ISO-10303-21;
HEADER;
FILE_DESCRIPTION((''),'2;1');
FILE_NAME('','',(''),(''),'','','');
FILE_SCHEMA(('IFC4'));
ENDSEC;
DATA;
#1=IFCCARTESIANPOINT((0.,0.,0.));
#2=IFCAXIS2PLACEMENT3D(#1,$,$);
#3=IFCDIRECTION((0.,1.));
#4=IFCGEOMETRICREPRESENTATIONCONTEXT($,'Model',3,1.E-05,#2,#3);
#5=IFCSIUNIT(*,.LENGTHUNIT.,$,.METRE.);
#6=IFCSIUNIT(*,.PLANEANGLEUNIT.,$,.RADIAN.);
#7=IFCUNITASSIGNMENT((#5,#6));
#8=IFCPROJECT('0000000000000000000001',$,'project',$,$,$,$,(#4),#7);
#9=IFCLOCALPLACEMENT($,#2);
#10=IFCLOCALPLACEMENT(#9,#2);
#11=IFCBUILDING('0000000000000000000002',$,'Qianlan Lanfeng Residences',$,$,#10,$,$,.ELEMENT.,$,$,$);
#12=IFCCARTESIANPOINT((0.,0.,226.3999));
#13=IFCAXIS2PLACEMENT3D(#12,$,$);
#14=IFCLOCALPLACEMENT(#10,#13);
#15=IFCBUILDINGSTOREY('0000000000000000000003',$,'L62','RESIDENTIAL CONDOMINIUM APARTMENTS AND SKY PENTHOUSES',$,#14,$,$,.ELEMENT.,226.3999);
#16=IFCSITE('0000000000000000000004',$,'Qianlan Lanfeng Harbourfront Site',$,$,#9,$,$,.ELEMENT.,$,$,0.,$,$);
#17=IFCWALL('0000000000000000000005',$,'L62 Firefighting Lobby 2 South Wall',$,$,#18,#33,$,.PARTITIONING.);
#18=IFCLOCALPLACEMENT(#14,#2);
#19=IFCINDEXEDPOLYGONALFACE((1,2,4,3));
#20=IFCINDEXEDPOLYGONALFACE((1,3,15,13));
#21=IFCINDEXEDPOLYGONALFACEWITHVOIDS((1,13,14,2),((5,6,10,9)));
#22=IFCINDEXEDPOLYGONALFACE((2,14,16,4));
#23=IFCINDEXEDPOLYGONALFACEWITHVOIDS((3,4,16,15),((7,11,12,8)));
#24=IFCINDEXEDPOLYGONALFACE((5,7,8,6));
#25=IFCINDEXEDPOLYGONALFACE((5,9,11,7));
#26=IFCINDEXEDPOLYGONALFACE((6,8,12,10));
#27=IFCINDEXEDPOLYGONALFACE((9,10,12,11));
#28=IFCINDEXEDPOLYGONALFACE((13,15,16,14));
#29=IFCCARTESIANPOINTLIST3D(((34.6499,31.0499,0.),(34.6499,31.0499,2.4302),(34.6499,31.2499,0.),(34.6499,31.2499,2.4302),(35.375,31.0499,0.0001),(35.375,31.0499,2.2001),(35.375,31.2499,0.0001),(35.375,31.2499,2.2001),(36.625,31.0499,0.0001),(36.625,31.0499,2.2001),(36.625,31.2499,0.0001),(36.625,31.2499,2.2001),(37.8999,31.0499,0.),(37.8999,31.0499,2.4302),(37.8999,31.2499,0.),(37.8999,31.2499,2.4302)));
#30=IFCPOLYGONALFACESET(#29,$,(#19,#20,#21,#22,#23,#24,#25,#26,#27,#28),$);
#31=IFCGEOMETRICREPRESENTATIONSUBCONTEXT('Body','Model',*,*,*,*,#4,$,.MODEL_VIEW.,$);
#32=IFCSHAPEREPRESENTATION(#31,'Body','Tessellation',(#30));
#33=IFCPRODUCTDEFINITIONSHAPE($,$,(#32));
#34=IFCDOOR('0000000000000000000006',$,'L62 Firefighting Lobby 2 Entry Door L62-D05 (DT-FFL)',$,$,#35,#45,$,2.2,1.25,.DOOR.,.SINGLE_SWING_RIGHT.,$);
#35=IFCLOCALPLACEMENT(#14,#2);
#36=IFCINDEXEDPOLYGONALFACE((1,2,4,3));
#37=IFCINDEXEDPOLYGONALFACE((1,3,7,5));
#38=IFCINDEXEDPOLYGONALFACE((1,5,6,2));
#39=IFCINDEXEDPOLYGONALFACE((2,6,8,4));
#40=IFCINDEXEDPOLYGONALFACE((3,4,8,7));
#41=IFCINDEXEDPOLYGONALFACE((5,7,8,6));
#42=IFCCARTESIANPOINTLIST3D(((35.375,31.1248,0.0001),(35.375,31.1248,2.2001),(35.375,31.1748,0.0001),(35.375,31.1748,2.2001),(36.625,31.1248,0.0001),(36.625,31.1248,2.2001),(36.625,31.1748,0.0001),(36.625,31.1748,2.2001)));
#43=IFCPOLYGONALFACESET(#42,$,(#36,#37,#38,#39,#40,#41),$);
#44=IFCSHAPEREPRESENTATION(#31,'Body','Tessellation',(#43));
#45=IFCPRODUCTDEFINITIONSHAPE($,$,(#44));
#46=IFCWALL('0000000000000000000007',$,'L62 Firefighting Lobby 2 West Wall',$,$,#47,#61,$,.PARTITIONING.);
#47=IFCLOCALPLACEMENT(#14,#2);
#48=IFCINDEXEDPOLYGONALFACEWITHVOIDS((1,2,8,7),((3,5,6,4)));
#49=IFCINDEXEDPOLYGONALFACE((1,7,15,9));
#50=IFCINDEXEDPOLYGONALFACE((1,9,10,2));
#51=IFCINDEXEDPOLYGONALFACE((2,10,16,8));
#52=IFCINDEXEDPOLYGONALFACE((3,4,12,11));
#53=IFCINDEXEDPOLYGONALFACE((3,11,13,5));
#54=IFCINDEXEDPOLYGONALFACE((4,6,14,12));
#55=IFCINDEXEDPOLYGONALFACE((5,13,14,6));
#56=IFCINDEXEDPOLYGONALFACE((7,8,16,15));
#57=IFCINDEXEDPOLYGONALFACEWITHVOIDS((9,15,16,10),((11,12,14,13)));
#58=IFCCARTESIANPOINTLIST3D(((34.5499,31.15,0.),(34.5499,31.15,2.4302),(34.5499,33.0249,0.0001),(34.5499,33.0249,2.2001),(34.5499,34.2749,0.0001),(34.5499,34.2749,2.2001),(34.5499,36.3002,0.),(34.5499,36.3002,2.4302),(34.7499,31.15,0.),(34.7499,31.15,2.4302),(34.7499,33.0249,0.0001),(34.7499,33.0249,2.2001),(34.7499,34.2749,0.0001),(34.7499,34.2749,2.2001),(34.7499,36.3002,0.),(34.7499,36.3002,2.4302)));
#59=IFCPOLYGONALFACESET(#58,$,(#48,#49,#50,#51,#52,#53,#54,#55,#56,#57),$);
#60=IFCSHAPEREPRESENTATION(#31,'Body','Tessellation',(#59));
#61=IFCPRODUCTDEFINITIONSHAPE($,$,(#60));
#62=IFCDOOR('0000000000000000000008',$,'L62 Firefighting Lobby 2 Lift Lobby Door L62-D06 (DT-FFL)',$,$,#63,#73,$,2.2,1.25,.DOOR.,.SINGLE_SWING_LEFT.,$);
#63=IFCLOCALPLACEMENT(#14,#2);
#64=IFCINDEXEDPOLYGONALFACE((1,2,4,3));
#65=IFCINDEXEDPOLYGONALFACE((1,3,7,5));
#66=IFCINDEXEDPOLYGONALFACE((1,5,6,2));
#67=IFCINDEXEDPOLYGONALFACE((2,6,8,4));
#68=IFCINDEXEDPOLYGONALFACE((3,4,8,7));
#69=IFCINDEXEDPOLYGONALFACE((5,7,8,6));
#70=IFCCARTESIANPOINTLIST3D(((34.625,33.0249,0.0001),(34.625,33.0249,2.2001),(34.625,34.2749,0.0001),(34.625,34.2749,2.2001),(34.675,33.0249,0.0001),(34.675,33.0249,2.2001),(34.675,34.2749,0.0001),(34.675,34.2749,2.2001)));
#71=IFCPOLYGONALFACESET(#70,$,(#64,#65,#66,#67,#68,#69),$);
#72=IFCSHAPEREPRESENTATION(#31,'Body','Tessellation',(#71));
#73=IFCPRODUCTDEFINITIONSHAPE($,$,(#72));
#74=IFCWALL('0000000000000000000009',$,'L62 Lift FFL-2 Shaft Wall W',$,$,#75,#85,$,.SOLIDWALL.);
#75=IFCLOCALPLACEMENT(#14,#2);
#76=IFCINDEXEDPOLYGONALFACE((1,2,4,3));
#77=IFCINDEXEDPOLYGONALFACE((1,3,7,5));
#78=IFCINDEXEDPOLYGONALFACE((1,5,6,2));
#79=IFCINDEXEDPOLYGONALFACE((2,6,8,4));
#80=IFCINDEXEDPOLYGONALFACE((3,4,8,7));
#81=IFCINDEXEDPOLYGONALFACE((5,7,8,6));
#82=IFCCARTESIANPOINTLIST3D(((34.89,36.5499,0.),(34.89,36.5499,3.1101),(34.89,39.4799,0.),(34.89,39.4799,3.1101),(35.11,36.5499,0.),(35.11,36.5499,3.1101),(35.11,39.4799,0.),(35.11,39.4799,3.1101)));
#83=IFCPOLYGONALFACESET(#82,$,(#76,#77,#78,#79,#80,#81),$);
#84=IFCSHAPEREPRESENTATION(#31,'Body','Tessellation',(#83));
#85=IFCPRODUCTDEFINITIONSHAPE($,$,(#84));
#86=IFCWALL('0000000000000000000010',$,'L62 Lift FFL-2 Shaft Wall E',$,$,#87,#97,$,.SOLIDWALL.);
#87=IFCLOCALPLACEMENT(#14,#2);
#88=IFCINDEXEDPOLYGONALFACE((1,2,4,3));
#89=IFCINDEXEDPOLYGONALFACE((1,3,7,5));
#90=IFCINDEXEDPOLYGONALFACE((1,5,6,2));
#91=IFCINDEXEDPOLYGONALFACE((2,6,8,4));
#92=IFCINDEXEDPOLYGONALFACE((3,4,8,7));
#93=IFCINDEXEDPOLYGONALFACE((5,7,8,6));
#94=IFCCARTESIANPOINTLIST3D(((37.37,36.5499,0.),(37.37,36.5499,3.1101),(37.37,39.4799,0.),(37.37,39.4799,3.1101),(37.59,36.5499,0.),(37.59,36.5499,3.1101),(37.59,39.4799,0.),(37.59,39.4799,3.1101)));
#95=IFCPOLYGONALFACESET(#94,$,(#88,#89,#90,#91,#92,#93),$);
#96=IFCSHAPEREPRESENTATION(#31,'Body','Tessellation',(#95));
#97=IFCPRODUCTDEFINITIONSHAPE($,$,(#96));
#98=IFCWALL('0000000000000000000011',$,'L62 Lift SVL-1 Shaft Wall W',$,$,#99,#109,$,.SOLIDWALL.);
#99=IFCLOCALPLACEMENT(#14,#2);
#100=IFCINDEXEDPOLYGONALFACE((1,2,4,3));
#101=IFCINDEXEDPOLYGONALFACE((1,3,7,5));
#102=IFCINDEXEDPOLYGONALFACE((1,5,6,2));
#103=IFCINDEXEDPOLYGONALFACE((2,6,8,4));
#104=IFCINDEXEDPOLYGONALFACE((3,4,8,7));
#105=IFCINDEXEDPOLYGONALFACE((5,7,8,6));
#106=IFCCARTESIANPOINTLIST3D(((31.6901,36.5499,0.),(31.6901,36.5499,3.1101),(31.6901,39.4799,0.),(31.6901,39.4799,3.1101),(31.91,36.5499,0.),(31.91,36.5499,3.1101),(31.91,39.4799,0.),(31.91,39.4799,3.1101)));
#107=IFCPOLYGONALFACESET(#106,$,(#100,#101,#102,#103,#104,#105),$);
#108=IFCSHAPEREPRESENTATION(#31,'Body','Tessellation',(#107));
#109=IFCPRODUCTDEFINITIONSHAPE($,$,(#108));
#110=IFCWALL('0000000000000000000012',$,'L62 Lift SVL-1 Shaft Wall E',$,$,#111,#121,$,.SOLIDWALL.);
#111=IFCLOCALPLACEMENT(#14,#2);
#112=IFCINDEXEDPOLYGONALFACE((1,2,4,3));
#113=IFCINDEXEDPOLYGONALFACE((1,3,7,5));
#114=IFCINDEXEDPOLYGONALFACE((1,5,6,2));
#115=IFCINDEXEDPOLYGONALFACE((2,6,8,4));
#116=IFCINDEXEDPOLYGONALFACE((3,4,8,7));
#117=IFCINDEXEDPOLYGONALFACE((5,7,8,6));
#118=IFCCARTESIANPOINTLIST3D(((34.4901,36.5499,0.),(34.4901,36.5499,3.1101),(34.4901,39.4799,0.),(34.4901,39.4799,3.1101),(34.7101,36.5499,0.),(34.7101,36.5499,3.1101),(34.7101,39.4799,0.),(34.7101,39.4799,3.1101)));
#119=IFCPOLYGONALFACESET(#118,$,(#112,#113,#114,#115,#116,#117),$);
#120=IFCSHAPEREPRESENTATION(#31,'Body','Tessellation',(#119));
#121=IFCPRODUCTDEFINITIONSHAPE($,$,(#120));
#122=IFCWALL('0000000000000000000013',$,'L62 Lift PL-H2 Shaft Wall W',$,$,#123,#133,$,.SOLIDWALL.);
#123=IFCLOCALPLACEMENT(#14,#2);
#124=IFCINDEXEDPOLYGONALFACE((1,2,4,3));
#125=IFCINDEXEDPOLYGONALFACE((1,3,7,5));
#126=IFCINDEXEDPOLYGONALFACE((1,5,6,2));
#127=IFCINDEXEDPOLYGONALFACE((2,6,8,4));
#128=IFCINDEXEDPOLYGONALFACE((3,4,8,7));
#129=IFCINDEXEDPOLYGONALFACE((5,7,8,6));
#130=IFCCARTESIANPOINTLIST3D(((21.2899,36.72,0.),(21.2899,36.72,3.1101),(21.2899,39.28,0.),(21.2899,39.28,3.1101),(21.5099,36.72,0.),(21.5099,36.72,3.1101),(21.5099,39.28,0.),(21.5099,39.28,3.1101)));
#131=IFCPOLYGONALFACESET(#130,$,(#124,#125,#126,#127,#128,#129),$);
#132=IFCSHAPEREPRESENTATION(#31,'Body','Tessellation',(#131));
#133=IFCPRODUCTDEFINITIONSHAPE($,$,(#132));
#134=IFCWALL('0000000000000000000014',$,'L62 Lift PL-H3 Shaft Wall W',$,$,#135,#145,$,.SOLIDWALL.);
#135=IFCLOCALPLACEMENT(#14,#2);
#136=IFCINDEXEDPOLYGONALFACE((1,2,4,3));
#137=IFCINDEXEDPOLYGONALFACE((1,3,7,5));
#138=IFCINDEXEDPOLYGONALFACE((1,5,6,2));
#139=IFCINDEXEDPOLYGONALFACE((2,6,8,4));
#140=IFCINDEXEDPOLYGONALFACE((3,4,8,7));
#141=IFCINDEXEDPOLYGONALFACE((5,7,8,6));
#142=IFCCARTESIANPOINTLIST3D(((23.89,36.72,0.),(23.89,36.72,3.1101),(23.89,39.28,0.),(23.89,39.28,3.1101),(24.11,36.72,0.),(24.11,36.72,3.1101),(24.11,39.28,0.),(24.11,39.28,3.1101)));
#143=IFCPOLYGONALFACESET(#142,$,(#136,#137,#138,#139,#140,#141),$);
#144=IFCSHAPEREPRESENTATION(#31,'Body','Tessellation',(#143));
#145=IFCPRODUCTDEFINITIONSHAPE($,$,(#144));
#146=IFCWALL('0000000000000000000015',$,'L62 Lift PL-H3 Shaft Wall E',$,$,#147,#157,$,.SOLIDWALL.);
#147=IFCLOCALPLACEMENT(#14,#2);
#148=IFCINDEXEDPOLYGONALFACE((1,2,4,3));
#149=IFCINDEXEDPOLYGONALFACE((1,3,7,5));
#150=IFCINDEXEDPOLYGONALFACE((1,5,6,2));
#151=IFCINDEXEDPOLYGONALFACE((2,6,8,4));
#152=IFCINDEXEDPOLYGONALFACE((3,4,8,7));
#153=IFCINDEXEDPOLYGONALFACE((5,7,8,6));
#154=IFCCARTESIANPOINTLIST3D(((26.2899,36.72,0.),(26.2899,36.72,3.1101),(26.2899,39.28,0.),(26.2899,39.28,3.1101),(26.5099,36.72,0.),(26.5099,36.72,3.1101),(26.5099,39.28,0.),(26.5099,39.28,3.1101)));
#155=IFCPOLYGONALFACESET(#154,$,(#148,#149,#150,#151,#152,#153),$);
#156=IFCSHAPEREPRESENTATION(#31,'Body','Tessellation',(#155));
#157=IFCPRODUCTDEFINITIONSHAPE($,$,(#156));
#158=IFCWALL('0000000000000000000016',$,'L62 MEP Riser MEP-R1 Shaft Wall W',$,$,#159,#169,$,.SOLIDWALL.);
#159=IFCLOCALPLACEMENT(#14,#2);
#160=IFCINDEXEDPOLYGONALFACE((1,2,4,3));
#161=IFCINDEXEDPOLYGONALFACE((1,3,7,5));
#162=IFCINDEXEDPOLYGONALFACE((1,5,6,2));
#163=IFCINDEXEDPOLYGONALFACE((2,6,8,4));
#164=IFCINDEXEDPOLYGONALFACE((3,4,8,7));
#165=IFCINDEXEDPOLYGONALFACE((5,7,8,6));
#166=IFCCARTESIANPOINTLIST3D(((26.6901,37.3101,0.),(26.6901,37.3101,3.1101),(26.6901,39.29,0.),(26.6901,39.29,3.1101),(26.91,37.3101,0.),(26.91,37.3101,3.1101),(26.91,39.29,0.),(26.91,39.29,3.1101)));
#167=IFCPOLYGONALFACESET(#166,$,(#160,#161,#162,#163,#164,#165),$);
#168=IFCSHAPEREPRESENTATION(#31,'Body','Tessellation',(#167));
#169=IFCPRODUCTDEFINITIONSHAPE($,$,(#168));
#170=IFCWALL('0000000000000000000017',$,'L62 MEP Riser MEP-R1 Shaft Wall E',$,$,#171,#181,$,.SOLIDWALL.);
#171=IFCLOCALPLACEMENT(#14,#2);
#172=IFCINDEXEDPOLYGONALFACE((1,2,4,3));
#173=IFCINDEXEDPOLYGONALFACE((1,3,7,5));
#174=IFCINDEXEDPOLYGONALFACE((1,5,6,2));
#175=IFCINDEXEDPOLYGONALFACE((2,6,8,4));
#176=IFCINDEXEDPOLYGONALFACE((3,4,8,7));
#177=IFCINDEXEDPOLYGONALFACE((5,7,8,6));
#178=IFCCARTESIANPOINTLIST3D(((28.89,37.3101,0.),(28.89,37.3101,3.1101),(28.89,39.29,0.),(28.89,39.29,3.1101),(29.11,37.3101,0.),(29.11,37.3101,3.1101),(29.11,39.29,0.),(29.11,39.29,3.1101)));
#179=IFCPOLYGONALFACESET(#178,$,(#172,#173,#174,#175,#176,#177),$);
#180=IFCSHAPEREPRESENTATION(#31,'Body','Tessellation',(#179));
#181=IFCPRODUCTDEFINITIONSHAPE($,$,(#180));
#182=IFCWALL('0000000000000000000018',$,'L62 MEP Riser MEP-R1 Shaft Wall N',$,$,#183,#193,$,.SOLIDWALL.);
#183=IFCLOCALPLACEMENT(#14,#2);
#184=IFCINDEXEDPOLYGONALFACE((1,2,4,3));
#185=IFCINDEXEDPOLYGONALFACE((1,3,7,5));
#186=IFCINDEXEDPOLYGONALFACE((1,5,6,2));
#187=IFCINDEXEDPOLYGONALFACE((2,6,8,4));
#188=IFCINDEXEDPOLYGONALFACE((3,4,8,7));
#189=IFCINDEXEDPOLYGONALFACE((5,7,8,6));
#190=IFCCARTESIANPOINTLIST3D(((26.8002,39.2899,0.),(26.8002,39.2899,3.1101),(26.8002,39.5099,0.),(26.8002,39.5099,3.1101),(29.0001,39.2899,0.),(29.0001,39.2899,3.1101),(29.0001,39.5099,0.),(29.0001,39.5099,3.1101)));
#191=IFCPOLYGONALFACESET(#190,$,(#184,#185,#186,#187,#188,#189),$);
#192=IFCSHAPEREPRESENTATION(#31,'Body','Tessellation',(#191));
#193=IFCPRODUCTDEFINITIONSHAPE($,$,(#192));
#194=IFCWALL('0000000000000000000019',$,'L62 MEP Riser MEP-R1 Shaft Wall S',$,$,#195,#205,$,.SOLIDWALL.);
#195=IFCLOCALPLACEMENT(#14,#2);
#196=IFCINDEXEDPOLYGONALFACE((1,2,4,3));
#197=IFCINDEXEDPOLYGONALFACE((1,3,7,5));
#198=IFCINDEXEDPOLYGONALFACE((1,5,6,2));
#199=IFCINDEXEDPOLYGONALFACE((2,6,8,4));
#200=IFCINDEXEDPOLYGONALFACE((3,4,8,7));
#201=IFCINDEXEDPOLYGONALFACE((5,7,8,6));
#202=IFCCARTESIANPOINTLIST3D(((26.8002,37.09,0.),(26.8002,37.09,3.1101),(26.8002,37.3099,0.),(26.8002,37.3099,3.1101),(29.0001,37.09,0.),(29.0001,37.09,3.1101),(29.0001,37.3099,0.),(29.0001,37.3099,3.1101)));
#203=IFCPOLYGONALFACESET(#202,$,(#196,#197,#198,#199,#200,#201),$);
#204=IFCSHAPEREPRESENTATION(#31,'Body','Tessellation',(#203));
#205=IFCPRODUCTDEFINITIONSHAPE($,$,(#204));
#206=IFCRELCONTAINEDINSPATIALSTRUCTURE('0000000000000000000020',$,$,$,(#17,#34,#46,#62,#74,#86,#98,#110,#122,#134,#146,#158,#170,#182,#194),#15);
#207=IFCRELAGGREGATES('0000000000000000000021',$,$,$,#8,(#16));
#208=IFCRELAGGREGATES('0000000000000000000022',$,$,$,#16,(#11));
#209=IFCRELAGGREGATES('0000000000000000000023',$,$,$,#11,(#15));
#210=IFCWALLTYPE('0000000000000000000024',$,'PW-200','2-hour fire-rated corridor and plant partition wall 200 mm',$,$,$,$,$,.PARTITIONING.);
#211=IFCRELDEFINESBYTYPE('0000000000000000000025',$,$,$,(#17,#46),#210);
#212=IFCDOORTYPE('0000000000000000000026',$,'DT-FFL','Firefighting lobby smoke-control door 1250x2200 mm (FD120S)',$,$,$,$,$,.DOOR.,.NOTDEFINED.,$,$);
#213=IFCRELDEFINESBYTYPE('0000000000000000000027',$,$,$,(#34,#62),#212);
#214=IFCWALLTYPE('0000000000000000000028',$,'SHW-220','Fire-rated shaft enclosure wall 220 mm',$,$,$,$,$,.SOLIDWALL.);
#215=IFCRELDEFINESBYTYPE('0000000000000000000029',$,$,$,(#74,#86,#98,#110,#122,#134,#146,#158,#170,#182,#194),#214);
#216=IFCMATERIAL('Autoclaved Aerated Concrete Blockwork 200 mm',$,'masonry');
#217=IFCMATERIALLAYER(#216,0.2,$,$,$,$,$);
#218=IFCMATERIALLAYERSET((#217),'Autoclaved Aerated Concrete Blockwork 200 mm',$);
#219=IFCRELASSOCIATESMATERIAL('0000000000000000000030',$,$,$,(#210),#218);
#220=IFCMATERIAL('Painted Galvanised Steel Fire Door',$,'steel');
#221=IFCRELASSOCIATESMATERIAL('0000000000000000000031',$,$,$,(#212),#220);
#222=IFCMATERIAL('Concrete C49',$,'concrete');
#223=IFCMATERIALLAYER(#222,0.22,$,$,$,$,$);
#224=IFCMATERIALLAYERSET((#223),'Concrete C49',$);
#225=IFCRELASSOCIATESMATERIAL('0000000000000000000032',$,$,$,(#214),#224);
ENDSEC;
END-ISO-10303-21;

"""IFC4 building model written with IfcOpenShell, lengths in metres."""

from ifc_helpers import new_model, si_unit, direction, frame, frame_2d, origin, place, context, subcontext, project, spatial, rectangle, extrude, material, layer, layer_set, type_object, element, fill, save


model = new_model("IFC4")

# Units and contexts
model_context = context("Model", 3, precision=1e-05, world=origin(), true_north=direction((0.0, 1.0)))
body_context = subcontext(model_context, "Body", "Model", "MODEL_VIEW")
ifc_project = project(units=[si_unit("LENGTHUNIT", "METRE"), si_unit("PLANEANGLEUNIT", "RADIAN")], contexts=[model_context])

# Site, building, storey
site_placement = place(None, origin())
site = spatial("IfcSite", under=ifc_project, at=site_placement, Name="Qianlan Lanfeng Harbourfront Site", CompositionType="ELEMENT", RefElevation=0.0)
building_placement = place(site_placement, origin())
building = spatial("IfcBuilding", under=site, at=building_placement, Name="Qianlan Lanfeng Residences", CompositionType="ELEMENT")
storey_placement = place(building_placement, frame((0.0, 0.0, 226.3999)))
storey = spatial("IfcBuildingStorey", under=building, at=storey_placement, Name="L62", Description="RESIDENTIAL CONDOMINIUM APARTMENTS AND SKY PENTHOUSES", CompositionType="ELEMENT", Elevation=226.3999)

# Walls, openings, doors
ifc_material_1 = material(Name="Autoclaved Aerated Concrete Blockwork 200 mm", Category="masonry")
ifc_layer_1 = layer(ifc_material_1, 0.2)
ifc_layer_set_1 = layer_set([ifc_layer_1], Name="Autoclaved Aerated Concrete Blockwork 200 mm")
wall_type_1 = type_object("IfcWallType", Name="PW-200", Description="2-hour fire-rated corridor and plant partition wall 200 mm", PredefinedType="PARTITIONING", material=ifc_layer_set_1)
wall_1_placement = place(storey_placement, frame((34.6499, 31.1499, 0.0), z_axis=(0.0, 0.0, 1.0), x_axis=(1.0, 0.0, 0.0)))
wall_1 = element("IfcWall", 1, at=wall_1_placement, inside=storey, type_object=wall_type_1, Name="L62 Firefighting Lobby 2 South Wall", PredefinedType="PARTITIONING", context=body_context, shape_type="SweptSolid", body=[
    extrude(rectangle(XDim=3.25, YDim=0.2, at=frame_2d((1.625, 0.0))), origin(), (0.0, 0.0, 1.0), 2.4302),
])
opening_1_placement = place(wall_1_placement, frame((0.7251, 0.0, 0.0)))
opening_1 = element("IfcOpeningElement", 2, at=opening_1_placement, cuts=wall_1, PredefinedType="OPENING", context=body_context, shape_type="SweptSolid", body=[
    extrude(rectangle(XDim=1.25, YDim=2.2, at=frame_2d((0.625, 1.1001))), frame((0.0, 0.1099, 0.0), z_axis=(0.0, -1.0, 0.0), x_axis=(1.0, 0.0, 0.0)), (0.0, 0.0, 1.0), 0.22),
])
ifc_material_2 = material(Name="Painted Galvanised Steel Fire Door", Category="steel")
door_type = type_object("IfcDoorType", Name="DT-FFL", Description="Firefighting lobby smoke-control door 1250x2200 mm (FD120S)", OperationType="NOTDEFINED", PredefinedType="DOOR", material=ifc_material_2)
door_1_placement = place(opening_1_placement, origin())
door_1 = element("IfcDoor", 3, at=door_1_placement, inside=storey, type_object=door_type, Name="L62 Firefighting Lobby 2 Entry Door L62-D05 (DT-FFL)", OperationType="SINGLE_SWING_RIGHT", OverallHeight=2.2, OverallWidth=1.25, PredefinedType="DOOR", context=body_context, shape_type="SweptSolid", body=[
    extrude(rectangle(XDim=1.25, YDim=2.2, at=frame_2d((0.625, 1.1001))), frame((0.0, 0.0249, 0.0), z_axis=(0.0, -1.0, 0.0), x_axis=(1.0, 0.0, 0.0)), (0.0, 0.0, 1.0), 0.05),
])
fill(opening_1, door_1)
wall_2_placement = place(storey_placement, frame((34.6499, 31.1499, 0.0), z_axis=(0.0, 0.0, 1.0), x_axis=(0.0, 1.0, 0.0)))
wall_2 = element("IfcWall", 4, at=wall_2_placement, inside=storey, type_object=wall_type_1, Name="L62 Firefighting Lobby 2 West Wall", PredefinedType="PARTITIONING", context=body_context, shape_type="SweptSolid", body=[
    extrude(rectangle(XDim=5.1501, YDim=0.2, at=frame_2d((2.5752, 0.0))), origin(), (0.0, 0.0, 1.0), 2.4302),
])
opening_2_placement = place(wall_2_placement, frame((1.875, 0.0, 0.0)))
opening_2 = element("IfcOpeningElement", 5, at=opening_2_placement, cuts=wall_2, PredefinedType="OPENING", context=body_context, shape_type="SweptSolid", body=[
    extrude(rectangle(XDim=1.25, YDim=2.2, at=frame_2d((0.625, 1.1001))), frame((0.0, 0.1099, 0.0), z_axis=(0.0, -1.0, 0.0), x_axis=(1.0, 0.0, 0.0)), (0.0, 0.0, 1.0), 0.22),
])
door_2_placement = place(opening_2_placement, origin())
door_2 = element("IfcDoor", 6, at=door_2_placement, inside=storey, type_object=door_type, Name="L62 Firefighting Lobby 2 Lift Lobby Door L62-D06 (DT-FFL)", OperationType="SINGLE_SWING_LEFT", OverallHeight=2.2, OverallWidth=1.25, PredefinedType="DOOR", context=body_context, shape_type="SweptSolid", body=[
    extrude(rectangle(XDim=1.25, YDim=2.2, at=frame_2d((0.625, 1.1001))), frame((0.0, 0.0249, 0.0), z_axis=(0.0, -1.0, 0.0), x_axis=(1.0, 0.0, 0.0)), (0.0, 0.0, 1.0), 0.05),
])
fill(opening_2, door_2)

# Walls
ifc_material_3 = material(Name="Concrete C49", Category="concrete")
ifc_layer_2 = layer(ifc_material_3, 0.22)
ifc_layer_set_2 = layer_set([ifc_layer_2], Name="Concrete C49")
wall_type_2 = type_object("IfcWallType", Name="SHW-220", Description="Fire-rated shaft enclosure wall 220 mm", PredefinedType="SOLIDWALL", material=ifc_layer_set_2)
for number, where, z_axis, x_axis, name in (
    (7, (35.0, 36.55, 0.0), (0.0, 0.0, 1.0), (0.0, 1.0, 0.0), "L62 Lift FFL-2 Shaft Wall W"),
    (8, (37.48, 36.55, 0.0), (0.0, 0.0, 1.0), (0.0, 1.0, 0.0), "L62 Lift FFL-2 Shaft Wall E"),
    (9, (31.8, 36.55, 0.0), (0.0, 0.0, 1.0), (0.0, 1.0, 0.0), "L62 Lift SVL-1 Shaft Wall W"),
    (10, (34.6001, 36.55, 0.0), (0.0, 0.0, 1.0), (0.0, 1.0, 0.0), "L62 Lift SVL-1 Shaft Wall E"),
):
    element("IfcWall", number, at=place(storey_placement, frame(where, z_axis=z_axis, x_axis=x_axis)), inside=storey, type_object=wall_type_2, Name=name, PredefinedType="SOLIDWALL", context=body_context, shape_type="SweptSolid", body=[
        extrude(rectangle(XDim=2.9299, YDim=0.22, at=frame_2d((1.4648, 0.0))), origin(), (0.0, 0.0, 1.0), 3.1101),
    ])
for number, where, z_axis, x_axis, name in (
    (11, (21.3999, 36.72, 0.0), (0.0, 0.0, 1.0), (0.0, 1.0, 0.0), "L62 Lift PL-H2 Shaft Wall W"),
    (12, (24.0, 36.72, 0.0), (0.0, 0.0, 1.0), (0.0, 1.0, 0.0), "L62 Lift PL-H3 Shaft Wall W"),
    (13, (26.3999, 36.72, 0.0), (0.0, 0.0, 1.0), (0.0, 1.0, 0.0), "L62 Lift PL-H3 Shaft Wall E"),
):
    element("IfcWall", number, at=place(storey_placement, frame(where, z_axis=z_axis, x_axis=x_axis)), inside=storey, type_object=wall_type_2, Name=name, PredefinedType="SOLIDWALL", context=body_context, shape_type="SweptSolid", body=[
        extrude(rectangle(XDim=2.5601, YDim=0.22, at=frame_2d((1.28, 0.0))), origin(), (0.0, 0.0, 1.0), 3.1101),
    ])
for number, where, z_axis, x_axis, name in (
    (14, (26.8, 37.3101, 0.0), (0.0, 0.0, 1.0), (0.0, 1.0, 0.0), "L62 MEP Riser MEP-R1 Shaft Wall W"),
    (15, (29.0, 37.3101, 0.0), (0.0, 0.0, 1.0), (0.0, 1.0, 0.0), "L62 MEP Riser MEP-R1 Shaft Wall E"),
):
    element("IfcWall", number, at=place(storey_placement, frame(where, z_axis=z_axis, x_axis=x_axis)), inside=storey, type_object=wall_type_2, Name=name, PredefinedType="SOLIDWALL", context=body_context, shape_type="SweptSolid", body=[
        extrude(rectangle(XDim=1.98, YDim=0.22, at=frame_2d((0.99, 0.0))), origin(), (0.0, 0.0, 1.0), 3.1101),
    ])
for number, where, z_axis, x_axis, name in (
    (16, (26.8, 39.3999, 0.0), (0.0, 0.0, 1.0), (1.0, 0.0, 0.0), "L62 MEP Riser MEP-R1 Shaft Wall N"),
    (17, (26.8, 37.2, 0.0), (0.0, 0.0, 1.0), (1.0, 0.0, 0.0), "L62 MEP Riser MEP-R1 Shaft Wall S"),
):
    element("IfcWall", number, at=place(storey_placement, frame(where, z_axis=z_axis, x_axis=x_axis)), inside=storey, type_object=wall_type_2, Name=name, PredefinedType="SOLIDWALL", context=body_context, shape_type="SweptSolid", body=[
        extrude(rectangle(XDim=2.2, YDim=0.22, at=frame_2d((1.1001, 0.0))), origin(), (0.0, 0.0, 1.0), 3.1101),
    ])

save(model, "model.ifc")
